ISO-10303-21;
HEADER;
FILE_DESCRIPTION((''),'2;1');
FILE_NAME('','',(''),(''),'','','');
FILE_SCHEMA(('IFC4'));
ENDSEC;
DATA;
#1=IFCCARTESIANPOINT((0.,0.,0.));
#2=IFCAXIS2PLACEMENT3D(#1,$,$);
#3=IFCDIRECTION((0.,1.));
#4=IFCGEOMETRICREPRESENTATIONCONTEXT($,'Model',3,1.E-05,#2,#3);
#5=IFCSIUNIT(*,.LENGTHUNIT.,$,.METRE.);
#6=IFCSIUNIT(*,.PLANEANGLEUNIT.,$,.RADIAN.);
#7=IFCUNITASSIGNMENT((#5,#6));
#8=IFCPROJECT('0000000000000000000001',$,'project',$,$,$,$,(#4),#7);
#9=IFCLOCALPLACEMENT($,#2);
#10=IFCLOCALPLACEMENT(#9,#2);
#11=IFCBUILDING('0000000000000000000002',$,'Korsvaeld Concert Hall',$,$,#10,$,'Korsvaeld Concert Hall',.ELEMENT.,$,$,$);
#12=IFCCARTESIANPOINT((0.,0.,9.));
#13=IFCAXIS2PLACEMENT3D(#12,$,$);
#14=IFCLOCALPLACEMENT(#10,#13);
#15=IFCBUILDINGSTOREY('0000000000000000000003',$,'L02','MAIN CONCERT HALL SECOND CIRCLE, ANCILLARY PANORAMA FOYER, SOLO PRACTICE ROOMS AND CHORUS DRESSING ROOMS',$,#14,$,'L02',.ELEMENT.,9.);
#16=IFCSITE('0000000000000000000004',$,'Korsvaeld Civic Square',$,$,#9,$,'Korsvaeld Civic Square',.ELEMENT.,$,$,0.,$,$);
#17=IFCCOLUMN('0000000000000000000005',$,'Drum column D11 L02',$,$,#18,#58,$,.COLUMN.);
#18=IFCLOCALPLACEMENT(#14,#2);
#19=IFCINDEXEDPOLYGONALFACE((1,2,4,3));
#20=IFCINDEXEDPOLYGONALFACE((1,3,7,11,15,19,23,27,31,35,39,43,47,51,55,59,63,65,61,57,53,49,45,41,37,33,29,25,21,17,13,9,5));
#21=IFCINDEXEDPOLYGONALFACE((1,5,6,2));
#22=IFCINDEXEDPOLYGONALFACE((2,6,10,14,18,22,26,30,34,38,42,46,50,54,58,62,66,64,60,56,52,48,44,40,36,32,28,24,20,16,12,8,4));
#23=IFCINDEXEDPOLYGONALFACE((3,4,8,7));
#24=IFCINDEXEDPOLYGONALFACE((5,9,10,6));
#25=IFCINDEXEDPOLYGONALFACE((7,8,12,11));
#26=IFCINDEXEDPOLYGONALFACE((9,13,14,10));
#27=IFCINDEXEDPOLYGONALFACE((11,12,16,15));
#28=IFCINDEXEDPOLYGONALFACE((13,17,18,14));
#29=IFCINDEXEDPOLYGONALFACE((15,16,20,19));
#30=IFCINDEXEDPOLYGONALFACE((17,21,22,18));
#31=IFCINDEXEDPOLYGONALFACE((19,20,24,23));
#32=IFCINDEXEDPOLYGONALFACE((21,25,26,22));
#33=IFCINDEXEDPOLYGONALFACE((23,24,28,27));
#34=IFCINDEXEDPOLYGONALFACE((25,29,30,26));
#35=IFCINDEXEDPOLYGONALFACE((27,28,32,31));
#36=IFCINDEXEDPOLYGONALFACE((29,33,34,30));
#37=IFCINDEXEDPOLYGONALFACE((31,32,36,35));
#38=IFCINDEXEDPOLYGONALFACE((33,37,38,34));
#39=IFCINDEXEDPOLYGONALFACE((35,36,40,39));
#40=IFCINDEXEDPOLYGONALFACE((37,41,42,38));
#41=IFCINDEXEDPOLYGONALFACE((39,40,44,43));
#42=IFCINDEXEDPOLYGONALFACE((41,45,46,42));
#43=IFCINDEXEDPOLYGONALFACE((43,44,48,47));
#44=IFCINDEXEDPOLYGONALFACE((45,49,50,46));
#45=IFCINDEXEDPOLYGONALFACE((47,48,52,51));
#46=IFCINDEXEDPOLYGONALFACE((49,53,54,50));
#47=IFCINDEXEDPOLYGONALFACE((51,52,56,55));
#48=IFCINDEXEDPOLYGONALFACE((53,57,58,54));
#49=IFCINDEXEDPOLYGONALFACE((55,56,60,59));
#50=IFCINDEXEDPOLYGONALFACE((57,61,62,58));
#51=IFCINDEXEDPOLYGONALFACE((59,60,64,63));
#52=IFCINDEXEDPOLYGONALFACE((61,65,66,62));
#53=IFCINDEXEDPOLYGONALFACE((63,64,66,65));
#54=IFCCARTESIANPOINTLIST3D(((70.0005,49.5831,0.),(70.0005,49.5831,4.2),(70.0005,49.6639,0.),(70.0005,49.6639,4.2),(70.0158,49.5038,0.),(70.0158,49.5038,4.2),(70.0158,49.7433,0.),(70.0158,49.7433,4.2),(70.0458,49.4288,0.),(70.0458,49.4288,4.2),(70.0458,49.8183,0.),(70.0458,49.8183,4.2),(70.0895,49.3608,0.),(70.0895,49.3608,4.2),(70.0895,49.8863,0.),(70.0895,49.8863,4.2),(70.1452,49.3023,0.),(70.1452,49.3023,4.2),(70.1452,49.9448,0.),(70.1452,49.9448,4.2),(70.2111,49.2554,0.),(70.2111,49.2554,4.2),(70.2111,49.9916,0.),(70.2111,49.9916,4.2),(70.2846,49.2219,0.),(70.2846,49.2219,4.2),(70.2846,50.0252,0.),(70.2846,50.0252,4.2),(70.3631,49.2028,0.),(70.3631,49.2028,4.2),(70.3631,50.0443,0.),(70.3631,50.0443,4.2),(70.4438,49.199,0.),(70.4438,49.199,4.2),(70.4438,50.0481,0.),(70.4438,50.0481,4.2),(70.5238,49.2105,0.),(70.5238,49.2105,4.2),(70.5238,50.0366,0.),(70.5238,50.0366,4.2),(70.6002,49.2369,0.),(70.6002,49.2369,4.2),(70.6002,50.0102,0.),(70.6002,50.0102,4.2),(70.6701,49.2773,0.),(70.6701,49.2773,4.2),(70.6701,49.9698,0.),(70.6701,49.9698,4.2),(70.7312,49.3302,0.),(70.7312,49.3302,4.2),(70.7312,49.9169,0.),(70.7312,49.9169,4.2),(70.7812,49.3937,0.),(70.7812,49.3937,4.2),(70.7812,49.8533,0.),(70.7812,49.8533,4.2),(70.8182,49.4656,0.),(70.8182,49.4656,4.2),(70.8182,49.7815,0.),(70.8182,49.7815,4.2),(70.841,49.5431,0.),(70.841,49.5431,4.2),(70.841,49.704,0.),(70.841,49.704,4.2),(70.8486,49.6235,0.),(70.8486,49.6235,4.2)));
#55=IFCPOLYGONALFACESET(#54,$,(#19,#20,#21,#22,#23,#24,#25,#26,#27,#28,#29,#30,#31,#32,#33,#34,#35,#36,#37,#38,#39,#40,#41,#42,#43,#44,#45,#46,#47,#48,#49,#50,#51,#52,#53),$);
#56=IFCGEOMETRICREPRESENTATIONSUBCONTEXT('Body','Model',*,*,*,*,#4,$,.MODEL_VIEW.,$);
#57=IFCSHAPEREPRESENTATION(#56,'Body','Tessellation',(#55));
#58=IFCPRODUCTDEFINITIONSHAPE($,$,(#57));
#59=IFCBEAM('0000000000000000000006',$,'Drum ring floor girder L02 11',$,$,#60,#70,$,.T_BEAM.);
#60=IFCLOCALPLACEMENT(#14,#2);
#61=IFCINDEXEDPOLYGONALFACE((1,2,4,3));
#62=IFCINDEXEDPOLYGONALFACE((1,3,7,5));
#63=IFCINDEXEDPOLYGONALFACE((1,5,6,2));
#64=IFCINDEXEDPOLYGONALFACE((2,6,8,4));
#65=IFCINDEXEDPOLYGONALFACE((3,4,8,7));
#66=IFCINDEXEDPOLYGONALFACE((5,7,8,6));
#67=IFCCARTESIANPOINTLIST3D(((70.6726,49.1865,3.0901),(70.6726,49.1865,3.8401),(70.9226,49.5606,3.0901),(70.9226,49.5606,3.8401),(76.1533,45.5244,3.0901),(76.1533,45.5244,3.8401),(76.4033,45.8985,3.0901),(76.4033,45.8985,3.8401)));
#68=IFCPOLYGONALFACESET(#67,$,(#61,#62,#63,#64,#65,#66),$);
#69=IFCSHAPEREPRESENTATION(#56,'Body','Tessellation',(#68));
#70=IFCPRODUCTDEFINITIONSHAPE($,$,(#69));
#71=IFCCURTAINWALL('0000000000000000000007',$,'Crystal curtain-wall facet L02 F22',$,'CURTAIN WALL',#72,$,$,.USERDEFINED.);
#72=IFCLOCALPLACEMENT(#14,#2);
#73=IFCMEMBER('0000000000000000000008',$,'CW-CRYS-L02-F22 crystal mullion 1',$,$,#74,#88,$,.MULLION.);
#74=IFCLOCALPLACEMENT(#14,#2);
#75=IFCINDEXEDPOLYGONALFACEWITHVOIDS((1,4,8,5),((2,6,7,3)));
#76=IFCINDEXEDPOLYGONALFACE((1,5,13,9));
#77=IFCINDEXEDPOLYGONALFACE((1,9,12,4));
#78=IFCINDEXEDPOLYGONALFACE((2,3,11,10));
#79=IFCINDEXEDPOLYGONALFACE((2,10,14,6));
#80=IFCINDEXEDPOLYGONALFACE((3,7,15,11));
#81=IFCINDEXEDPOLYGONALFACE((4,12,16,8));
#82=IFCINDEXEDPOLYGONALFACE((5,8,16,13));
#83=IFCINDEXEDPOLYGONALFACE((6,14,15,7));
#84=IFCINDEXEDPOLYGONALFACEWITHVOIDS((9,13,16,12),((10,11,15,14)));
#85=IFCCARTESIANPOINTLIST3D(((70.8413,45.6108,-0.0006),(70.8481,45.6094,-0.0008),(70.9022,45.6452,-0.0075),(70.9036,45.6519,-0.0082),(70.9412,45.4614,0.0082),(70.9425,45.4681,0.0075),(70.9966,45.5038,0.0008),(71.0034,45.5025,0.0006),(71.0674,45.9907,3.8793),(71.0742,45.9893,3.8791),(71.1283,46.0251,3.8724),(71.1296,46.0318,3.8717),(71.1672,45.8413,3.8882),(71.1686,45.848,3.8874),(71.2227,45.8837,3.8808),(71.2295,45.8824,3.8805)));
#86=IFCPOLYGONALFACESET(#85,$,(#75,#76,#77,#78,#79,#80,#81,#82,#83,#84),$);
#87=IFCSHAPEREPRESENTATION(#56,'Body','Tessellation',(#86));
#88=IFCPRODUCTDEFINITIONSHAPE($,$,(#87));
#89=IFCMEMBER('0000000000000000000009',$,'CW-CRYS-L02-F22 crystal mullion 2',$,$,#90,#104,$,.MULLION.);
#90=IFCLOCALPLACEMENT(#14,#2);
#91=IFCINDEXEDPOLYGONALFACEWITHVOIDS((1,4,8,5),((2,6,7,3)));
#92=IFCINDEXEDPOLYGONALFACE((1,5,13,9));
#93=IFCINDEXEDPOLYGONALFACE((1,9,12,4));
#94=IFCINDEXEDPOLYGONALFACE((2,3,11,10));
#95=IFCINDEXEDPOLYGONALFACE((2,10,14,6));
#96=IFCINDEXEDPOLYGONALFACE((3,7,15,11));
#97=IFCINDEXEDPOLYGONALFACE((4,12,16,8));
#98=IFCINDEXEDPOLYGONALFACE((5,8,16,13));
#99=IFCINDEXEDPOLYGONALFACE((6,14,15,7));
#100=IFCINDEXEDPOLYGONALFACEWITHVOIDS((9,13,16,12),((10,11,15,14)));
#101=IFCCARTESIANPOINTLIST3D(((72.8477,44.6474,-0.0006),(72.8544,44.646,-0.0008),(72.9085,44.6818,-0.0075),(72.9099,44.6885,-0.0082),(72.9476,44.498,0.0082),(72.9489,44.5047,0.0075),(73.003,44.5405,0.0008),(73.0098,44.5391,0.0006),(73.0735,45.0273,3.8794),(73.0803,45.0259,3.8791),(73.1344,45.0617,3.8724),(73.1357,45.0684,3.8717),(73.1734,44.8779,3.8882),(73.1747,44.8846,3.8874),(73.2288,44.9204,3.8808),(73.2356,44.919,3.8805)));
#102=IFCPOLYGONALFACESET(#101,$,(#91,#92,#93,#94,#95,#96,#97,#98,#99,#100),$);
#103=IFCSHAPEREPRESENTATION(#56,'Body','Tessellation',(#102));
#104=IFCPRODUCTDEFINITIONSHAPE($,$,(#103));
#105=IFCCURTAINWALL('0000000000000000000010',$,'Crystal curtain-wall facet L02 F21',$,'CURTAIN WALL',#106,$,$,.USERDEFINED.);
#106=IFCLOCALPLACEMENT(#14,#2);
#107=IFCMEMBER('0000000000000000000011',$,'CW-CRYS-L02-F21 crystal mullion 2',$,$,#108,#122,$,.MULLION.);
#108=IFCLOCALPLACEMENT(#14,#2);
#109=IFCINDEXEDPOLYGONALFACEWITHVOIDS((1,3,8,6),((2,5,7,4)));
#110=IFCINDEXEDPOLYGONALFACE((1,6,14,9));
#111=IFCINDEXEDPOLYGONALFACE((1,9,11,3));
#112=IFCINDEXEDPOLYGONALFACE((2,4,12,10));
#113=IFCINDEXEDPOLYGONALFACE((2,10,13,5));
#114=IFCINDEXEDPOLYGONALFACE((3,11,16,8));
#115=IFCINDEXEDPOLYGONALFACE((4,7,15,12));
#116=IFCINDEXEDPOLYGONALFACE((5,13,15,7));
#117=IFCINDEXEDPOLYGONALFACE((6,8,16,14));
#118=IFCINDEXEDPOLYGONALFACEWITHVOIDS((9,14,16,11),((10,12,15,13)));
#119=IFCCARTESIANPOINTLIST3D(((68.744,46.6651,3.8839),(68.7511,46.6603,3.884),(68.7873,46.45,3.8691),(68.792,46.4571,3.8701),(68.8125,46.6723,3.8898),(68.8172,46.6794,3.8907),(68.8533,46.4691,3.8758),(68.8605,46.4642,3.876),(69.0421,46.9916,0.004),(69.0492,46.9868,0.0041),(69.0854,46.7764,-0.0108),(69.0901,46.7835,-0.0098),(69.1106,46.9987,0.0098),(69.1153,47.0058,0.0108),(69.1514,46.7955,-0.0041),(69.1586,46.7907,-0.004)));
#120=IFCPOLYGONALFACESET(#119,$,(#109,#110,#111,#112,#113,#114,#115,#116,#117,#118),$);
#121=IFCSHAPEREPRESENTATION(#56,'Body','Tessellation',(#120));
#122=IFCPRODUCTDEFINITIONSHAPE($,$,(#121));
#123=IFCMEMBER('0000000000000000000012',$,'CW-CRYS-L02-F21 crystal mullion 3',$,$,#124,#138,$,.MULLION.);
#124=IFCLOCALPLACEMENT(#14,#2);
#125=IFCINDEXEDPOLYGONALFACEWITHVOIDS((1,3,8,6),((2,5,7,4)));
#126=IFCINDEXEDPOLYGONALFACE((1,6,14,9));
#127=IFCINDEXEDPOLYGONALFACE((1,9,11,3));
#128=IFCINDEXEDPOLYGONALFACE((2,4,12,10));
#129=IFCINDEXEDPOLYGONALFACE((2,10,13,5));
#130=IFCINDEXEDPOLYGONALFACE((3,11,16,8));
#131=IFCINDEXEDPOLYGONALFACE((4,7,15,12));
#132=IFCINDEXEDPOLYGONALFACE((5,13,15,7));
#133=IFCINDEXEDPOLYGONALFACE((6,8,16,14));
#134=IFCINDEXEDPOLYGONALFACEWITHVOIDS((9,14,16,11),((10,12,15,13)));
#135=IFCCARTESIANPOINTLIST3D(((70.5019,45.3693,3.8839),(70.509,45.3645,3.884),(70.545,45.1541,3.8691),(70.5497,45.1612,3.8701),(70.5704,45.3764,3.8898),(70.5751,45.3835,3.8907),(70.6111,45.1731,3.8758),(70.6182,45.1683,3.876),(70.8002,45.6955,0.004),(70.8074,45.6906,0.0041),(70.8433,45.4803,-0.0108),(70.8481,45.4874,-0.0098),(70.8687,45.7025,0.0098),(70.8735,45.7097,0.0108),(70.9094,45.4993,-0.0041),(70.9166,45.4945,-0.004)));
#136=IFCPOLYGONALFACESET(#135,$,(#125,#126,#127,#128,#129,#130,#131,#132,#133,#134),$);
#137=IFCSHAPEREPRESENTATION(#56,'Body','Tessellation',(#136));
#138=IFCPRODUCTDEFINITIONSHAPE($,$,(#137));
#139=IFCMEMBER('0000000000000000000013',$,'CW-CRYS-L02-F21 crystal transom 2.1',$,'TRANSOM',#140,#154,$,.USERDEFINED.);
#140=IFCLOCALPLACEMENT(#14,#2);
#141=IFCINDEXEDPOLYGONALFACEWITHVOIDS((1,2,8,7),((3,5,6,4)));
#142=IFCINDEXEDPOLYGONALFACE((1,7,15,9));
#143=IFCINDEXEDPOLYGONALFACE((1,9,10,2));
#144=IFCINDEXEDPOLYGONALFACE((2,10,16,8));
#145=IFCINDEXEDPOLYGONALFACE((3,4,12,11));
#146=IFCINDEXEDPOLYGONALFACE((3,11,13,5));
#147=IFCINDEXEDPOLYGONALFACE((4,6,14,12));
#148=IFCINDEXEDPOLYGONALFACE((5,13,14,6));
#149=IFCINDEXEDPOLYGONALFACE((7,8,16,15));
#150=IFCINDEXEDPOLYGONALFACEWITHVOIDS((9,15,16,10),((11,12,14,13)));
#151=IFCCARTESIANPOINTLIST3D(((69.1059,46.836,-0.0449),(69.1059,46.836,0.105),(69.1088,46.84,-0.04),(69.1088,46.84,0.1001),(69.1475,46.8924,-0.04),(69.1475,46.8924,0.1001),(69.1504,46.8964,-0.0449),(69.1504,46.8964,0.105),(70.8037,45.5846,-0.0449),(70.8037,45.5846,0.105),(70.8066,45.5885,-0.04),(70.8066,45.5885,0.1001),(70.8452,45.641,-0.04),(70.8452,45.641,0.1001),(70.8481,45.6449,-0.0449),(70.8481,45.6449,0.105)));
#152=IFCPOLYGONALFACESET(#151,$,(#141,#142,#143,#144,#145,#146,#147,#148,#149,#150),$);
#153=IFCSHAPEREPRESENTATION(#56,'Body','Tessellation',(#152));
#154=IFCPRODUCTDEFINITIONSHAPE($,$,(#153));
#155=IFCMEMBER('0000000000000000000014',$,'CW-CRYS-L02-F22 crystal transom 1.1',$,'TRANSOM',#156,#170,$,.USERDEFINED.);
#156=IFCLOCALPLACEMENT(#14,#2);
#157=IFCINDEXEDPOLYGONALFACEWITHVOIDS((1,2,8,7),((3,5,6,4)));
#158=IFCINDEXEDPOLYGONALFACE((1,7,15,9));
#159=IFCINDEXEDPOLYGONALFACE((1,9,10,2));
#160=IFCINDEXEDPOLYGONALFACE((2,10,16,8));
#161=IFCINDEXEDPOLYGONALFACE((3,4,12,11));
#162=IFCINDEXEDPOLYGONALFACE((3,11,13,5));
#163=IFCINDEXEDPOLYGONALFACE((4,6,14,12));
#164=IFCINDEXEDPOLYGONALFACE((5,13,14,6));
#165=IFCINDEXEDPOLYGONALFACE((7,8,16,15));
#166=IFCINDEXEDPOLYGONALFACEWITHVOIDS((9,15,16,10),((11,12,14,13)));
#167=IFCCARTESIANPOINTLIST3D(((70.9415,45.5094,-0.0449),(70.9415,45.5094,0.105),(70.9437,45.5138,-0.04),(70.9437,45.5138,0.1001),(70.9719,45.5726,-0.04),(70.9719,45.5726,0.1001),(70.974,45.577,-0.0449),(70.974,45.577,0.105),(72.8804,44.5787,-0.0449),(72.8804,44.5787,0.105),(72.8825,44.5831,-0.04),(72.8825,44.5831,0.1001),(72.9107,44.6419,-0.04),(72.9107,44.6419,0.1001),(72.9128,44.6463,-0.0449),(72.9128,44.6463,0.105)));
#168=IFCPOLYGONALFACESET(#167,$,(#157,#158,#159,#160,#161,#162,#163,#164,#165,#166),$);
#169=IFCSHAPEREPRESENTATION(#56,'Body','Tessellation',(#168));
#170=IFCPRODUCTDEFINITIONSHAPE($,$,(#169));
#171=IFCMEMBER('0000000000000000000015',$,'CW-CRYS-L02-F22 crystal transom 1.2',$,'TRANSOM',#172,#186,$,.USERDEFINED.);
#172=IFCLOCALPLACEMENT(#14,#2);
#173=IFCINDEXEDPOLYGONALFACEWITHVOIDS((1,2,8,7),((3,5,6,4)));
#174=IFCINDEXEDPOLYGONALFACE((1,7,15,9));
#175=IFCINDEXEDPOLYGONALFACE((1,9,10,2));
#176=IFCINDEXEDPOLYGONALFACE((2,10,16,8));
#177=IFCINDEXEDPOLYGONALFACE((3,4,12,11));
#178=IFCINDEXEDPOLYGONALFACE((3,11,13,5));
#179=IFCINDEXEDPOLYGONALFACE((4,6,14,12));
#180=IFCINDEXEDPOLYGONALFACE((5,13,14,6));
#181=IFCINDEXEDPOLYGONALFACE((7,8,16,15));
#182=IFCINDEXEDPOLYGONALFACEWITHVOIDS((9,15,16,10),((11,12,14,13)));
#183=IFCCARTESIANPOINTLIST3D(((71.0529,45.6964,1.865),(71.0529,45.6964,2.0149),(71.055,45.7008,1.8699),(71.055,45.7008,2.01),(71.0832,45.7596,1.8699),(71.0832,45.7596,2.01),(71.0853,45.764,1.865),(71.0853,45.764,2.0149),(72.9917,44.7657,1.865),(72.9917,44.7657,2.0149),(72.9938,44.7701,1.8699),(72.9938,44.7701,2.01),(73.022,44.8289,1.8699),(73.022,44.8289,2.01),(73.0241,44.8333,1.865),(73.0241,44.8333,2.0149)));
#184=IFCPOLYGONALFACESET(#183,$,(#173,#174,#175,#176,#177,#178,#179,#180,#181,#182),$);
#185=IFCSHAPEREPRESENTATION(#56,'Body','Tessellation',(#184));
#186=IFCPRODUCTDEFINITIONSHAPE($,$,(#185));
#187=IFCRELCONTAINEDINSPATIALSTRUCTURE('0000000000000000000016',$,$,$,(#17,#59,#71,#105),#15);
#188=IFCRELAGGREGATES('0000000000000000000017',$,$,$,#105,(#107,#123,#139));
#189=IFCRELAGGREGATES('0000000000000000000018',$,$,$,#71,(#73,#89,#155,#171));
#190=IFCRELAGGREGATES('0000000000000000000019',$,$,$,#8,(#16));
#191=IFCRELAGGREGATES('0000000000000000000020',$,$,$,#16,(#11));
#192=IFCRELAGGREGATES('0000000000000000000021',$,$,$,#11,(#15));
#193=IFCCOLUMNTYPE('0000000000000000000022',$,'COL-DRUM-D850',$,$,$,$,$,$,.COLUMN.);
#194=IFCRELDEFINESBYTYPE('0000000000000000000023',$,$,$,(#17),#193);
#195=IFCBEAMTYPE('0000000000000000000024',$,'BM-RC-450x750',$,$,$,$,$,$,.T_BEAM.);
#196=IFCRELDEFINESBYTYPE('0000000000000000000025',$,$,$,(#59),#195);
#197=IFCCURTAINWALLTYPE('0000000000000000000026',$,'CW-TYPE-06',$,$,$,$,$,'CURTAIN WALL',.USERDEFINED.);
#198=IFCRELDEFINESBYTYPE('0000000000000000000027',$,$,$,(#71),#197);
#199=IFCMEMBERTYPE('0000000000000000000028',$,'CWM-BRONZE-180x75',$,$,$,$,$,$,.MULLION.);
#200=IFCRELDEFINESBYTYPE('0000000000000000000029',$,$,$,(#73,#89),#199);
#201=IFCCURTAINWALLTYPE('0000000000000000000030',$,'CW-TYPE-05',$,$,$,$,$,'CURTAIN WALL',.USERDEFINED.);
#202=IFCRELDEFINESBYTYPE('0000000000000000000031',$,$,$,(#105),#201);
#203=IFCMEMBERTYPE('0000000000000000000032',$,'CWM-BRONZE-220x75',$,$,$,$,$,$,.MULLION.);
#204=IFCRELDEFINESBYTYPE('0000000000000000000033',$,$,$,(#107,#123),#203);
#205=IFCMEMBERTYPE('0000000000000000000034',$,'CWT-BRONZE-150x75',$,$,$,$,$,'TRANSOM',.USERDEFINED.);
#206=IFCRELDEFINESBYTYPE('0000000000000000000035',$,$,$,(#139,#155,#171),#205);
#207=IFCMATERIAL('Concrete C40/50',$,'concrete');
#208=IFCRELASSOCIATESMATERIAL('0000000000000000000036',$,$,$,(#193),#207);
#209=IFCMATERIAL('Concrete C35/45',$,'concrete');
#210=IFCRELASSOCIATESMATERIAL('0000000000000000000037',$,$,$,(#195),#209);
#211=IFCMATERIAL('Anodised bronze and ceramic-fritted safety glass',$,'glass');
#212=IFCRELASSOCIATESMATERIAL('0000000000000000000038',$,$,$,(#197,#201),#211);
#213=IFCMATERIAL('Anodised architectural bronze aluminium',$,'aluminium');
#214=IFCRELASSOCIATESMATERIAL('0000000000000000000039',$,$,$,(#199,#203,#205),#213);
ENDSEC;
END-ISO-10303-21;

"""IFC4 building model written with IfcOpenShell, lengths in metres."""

from ifc_helpers import new_model, si_unit, direction, frame, origin, origin_2d, place, context, subcontext, project, spatial, rectangle, hollow_rectangle, circle, extrude, material, material_profile, profile_set, type_object, element, aggregate, save


model = new_model("IFC4")

# Units and contexts
model_context = context("Model", 3, precision=1e-05, world=origin(), true_north=direction((0.0, 1.0)))
body_context = subcontext(model_context, "Body", "Model", "MODEL_VIEW")
ifc_project = project(units=[si_unit("LENGTHUNIT", "METRE"), si_unit("PLANEANGLEUNIT", "RADIAN")], contexts=[model_context])

# Site, building, storey
site_placement = place(None, origin())
site = spatial("IfcSite", under=ifc_project, at=site_placement, Name="Korsvaeld Civic Square", LongName="Korsvaeld Civic Square", CompositionType="ELEMENT", RefElevation=0.0)
building_placement = place(site_placement, origin())
building = spatial("IfcBuilding", under=site, at=building_placement, Name="Korsvaeld Concert Hall", LongName="Korsvaeld Concert Hall", CompositionType="ELEMENT")
storey_placement = place(building_placement, frame((0.0, 0.0, 9.0)))
storey = spatial("IfcBuildingStorey", under=building, at=storey_placement, Name="L02", Description="MAIN CONCERT HALL SECOND CIRCLE, ANCILLARY PANORAMA FOYER, SOLO PRACTICE ROOMS AND CHORUS DRESSING ROOMS", LongName="L02", CompositionType="ELEMENT", Elevation=9.0)

# Column
ifc_material_1 = material(Name="Concrete C40/50", Category="concrete")
ifc_material_profile_1 = material_profile(ifc_material_1, circle(Radius=0.425, at=origin_2d()), Name="RC D850")
ifc_profile_set_1 = profile_set([ifc_material_profile_1], Name="Concrete C40/50")
column_type = type_object("IfcColumnType", Name="COL-DRUM-D850", PredefinedType="COLUMN", material=ifc_profile_set_1)
column_placement = place(storey_placement, frame((70.4236, 49.6235, 0.0), z_axis=(0.0, 0.0, 1.0), x_axis=(1.0, 0.0, 0.0)))
element("IfcColumn", 1, at=column_placement, inside=storey, type_object=column_type, Name="Drum column D11 L02", PredefinedType="COLUMN", context=body_context, shape_type="SweptSolid", body=[
    extrude(circle(Radius=0.425, at=origin_2d()), origin(), (0.0, 0.0, 1.0), 4.2),
])

# Beam
ifc_material_2 = material(Name="Concrete C35/45", Category="concrete")
ifc_material_profile_2 = material_profile(ifc_material_2, rectangle(XDim=0.45, YDim=0.75, at=origin_2d()), Name="RC 450x750")
ifc_profile_set_2 = profile_set([ifc_material_profile_2], Name="Concrete C35/45")
beam_type = type_object("IfcBeamType", Name="BM-RC-450x750", PredefinedType="T_BEAM", material=ifc_profile_set_2)
beam_placement = place(storey_placement, frame((70.7976, 49.3735, 3.4651), z_axis=(0.831469, -0.555572, 0.0), x_axis=(0.555572, 0.831469, 0.0)))
element("IfcBeam", 2, at=beam_placement, inside=storey, type_object=beam_type, Name="Drum ring floor girder L02 11", PredefinedType="T_BEAM", context=body_context, shape_type="SweptSolid", body=[
    extrude(rectangle(XDim=0.45, YDim=0.75, at=origin_2d()), origin(), (0.0, 0.0, 1.0), 6.5916),
])

# Curtain walls, members
ifc_material_3 = material(Name="Anodised bronze and ceramic-fritted safety glass", Category="glass")
curtain_wall_type_1 = type_object("IfcCurtainWallType", Name="CW-TYPE-06", ElementType="CURTAIN WALL", PredefinedType="USERDEFINED", material=ifc_material_3)
curtain_wall_1_placement = place(storey_placement, origin())
curtain_wall_1 = element("IfcCurtainWall", 3, at=curtain_wall_1_placement, inside=storey, type_object=curtain_wall_type_1, Name="Crystal curtain-wall facet L02 F22", ObjectType="CURTAIN WALL", PredefinedType="USERDEFINED")
ifc_material_4 = material(Name="Anodised architectural bronze aluminium", Category="aluminium")
ifc_material_profile_3 = material_profile(ifc_material_4, hollow_rectangle(XDim=0.075, YDim=0.1799, WallThickness=0.0049, at=origin_2d()), Name="CWM 180x75x5")
ifc_profile_set_3 = profile_set([ifc_material_profile_3], Name="Anodised architectural bronze aluminium")
member_type_1 = type_object("IfcMemberType", Name="CWM-BRONZE-180x75", PredefinedType="MULLION", material=ifc_profile_set_3)
member_1_placement = place(storey_placement, frame((70.9224, 45.5566, 0.0), z_axis=(0.057894, 0.097281, 0.993572), x_axis=(-0.829999, -0.548349, 0.102052)))
member_1 = element("IfcMember", 4, at=member_1_placement, type_object=member_type_1, Name="CW-CRYS-L02-F22 crystal mullion 1", PredefinedType="MULLION", context=body_context, shape_type="SweptSolid", body=[
    extrude(hollow_rectangle(XDim=0.075, YDim=0.1799, WallThickness=0.0049, at=origin_2d()), origin(), (0.0, 0.0, 1.0), 3.905),
])
member_2_placement = place(storey_placement, frame((72.9287, 44.5933, 0.0), z_axis=(0.057831, 0.097282, 0.993575), x_axis=(-0.82974, -0.548746, 0.102024)))
member_2 = element("IfcMember", 5, at=member_2_placement, type_object=member_type_1, Name="CW-CRYS-L02-F22 crystal mullion 2", PredefinedType="MULLION", context=body_context, shape_type="SweptSolid", body=[
    extrude(hollow_rectangle(XDim=0.075, YDim=0.1799, WallThickness=0.0049, at=origin_2d()), origin(), (0.0, 0.0, 1.0), 3.905),
])
curtain_wall_type_2 = type_object("IfcCurtainWallType", Name="CW-TYPE-05", ElementType="CURTAIN WALL", PredefinedType="USERDEFINED", material=ifc_material_3)
curtain_wall_2_placement = place(storey_placement, origin())
curtain_wall_2 = element("IfcCurtainWall", 6, at=curtain_wall_2_placement, inside=storey, type_object=curtain_wall_type_2, Name="Crystal curtain-wall facet L02 F21", ObjectType="CURTAIN WALL", PredefinedType="USERDEFINED")
ifc_material_profile_4 = material_profile(ifc_material_4, hollow_rectangle(XDim=0.075, YDim=0.22, WallThickness=0.0061, at=origin_2d()), Name="CWM 220x75x6")
ifc_profile_set_4 = profile_set([ifc_material_profile_4], Name="Anodised architectural bronze aluminium")
member_type_2 = type_object("IfcMemberType", Name="CWM-BRONZE-220x75", PredefinedType="MULLION", material=ifc_profile_set_4)
member_3_placement = place(storey_placement, frame((69.1003, 46.8911, 0.0), z_axis=(-0.076337, -0.08359, 0.993572), x_axis=(0.977475, 0.190372, 0.091116)))
member_3 = element("IfcMember", 7, at=member_3_placement, type_object=member_type_2, Name="CW-CRYS-L02-F21 crystal mullion 2", PredefinedType="MULLION", context=body_context, shape_type="SweptSolid", body=[
    extrude(hollow_rectangle(XDim=0.075, YDim=0.22, WallThickness=0.0061, at=origin_2d()), origin(), (0.0, 0.0, 1.0), 3.905),
])
member_4_placement = place(storey_placement, frame((70.8584, 45.595, 0.0), z_axis=(-0.0764, -0.083527, 0.993572), x_axis=(0.977623, 0.189609, 0.091113)))
member_4 = element("IfcMember", 8, at=member_4_placement, type_object=member_type_2, Name="CW-CRYS-L02-F21 crystal mullion 3", PredefinedType="MULLION", context=body_context, shape_type="SweptSolid", body=[
    extrude(hollow_rectangle(XDim=0.075, YDim=0.22, WallThickness=0.0061, at=origin_2d()), origin(), (0.0, 0.0, 1.0), 3.905),
])
ifc_material_profile_5 = material_profile(ifc_material_4, hollow_rectangle(XDim=0.075, YDim=0.1499, WallThickness=0.0049, at=origin_2d()), Name="CWT 150x75x5")
ifc_profile_set_5 = profile_set([ifc_material_profile_5], Name="Anodised architectural bronze aluminium")
member_type_3 = type_object("IfcMemberType", Name="CWT-BRONZE-150x75", ElementType="TRANSOM", PredefinedType="USERDEFINED", material=ifc_profile_set_5)
member_5_placement = place(storey_placement, frame((69.1282, 46.8662, 0.03), z_axis=(0.804945, -0.593349, 0.0), x_axis=(0.593349, 0.804945, 0.0)))
member_5 = element("IfcMember", 9, at=member_5_placement, type_object=member_type_3, Name="CW-CRYS-L02-F21 crystal transom 2.1", ObjectType="TRANSOM", PredefinedType="USERDEFINED", context=body_context, shape_type="SweptSolid", body=[
    extrude(hollow_rectangle(XDim=0.075, YDim=0.1499, WallThickness=0.0049, at=origin_2d()), origin(), (0.0, 0.0, 1.0), 2.1091),
])

# Members
member_6_placement = place(storey_placement, frame((70.9578, 45.5432, 0.03), z_axis=(0.901509, -0.432761, 0.0), x_axis=(0.432761, 0.901509, 0.0)))
member_6 = element("IfcMember", 10, at=member_6_placement, type_object=member_type_3, Name="CW-CRYS-L02-F22 crystal transom 1.1", ObjectType="TRANSOM", PredefinedType="USERDEFINED", context=body_context, shape_type="SweptSolid", body=[
    extrude(hollow_rectangle(XDim=0.075, YDim=0.1499, WallThickness=0.0049, at=origin_2d()), origin(), (0.0, 0.0, 1.0), 2.1506),
])
member_7_placement = place(storey_placement, frame((71.0691, 45.7302, 1.9399), z_axis=(0.901509, -0.432761, 0.0), x_axis=(0.432761, 0.901509, 0.0)))
member_7 = element("IfcMember", 11, at=member_7_placement, type_object=member_type_3, Name="CW-CRYS-L02-F22 crystal transom 1.2", ObjectType="TRANSOM", PredefinedType="USERDEFINED", context=body_context, shape_type="SweptSolid", body=[
    extrude(hollow_rectangle(XDim=0.075, YDim=0.1499, WallThickness=0.0049, at=origin_2d()), origin(), (0.0, 0.0, 1.0), 2.1506),
])

aggregate(curtain_wall_2, [member_3, member_4, member_5])
aggregate(curtain_wall_1, [member_1, member_2, member_6, member_7])

save(model, "model.ifc")
